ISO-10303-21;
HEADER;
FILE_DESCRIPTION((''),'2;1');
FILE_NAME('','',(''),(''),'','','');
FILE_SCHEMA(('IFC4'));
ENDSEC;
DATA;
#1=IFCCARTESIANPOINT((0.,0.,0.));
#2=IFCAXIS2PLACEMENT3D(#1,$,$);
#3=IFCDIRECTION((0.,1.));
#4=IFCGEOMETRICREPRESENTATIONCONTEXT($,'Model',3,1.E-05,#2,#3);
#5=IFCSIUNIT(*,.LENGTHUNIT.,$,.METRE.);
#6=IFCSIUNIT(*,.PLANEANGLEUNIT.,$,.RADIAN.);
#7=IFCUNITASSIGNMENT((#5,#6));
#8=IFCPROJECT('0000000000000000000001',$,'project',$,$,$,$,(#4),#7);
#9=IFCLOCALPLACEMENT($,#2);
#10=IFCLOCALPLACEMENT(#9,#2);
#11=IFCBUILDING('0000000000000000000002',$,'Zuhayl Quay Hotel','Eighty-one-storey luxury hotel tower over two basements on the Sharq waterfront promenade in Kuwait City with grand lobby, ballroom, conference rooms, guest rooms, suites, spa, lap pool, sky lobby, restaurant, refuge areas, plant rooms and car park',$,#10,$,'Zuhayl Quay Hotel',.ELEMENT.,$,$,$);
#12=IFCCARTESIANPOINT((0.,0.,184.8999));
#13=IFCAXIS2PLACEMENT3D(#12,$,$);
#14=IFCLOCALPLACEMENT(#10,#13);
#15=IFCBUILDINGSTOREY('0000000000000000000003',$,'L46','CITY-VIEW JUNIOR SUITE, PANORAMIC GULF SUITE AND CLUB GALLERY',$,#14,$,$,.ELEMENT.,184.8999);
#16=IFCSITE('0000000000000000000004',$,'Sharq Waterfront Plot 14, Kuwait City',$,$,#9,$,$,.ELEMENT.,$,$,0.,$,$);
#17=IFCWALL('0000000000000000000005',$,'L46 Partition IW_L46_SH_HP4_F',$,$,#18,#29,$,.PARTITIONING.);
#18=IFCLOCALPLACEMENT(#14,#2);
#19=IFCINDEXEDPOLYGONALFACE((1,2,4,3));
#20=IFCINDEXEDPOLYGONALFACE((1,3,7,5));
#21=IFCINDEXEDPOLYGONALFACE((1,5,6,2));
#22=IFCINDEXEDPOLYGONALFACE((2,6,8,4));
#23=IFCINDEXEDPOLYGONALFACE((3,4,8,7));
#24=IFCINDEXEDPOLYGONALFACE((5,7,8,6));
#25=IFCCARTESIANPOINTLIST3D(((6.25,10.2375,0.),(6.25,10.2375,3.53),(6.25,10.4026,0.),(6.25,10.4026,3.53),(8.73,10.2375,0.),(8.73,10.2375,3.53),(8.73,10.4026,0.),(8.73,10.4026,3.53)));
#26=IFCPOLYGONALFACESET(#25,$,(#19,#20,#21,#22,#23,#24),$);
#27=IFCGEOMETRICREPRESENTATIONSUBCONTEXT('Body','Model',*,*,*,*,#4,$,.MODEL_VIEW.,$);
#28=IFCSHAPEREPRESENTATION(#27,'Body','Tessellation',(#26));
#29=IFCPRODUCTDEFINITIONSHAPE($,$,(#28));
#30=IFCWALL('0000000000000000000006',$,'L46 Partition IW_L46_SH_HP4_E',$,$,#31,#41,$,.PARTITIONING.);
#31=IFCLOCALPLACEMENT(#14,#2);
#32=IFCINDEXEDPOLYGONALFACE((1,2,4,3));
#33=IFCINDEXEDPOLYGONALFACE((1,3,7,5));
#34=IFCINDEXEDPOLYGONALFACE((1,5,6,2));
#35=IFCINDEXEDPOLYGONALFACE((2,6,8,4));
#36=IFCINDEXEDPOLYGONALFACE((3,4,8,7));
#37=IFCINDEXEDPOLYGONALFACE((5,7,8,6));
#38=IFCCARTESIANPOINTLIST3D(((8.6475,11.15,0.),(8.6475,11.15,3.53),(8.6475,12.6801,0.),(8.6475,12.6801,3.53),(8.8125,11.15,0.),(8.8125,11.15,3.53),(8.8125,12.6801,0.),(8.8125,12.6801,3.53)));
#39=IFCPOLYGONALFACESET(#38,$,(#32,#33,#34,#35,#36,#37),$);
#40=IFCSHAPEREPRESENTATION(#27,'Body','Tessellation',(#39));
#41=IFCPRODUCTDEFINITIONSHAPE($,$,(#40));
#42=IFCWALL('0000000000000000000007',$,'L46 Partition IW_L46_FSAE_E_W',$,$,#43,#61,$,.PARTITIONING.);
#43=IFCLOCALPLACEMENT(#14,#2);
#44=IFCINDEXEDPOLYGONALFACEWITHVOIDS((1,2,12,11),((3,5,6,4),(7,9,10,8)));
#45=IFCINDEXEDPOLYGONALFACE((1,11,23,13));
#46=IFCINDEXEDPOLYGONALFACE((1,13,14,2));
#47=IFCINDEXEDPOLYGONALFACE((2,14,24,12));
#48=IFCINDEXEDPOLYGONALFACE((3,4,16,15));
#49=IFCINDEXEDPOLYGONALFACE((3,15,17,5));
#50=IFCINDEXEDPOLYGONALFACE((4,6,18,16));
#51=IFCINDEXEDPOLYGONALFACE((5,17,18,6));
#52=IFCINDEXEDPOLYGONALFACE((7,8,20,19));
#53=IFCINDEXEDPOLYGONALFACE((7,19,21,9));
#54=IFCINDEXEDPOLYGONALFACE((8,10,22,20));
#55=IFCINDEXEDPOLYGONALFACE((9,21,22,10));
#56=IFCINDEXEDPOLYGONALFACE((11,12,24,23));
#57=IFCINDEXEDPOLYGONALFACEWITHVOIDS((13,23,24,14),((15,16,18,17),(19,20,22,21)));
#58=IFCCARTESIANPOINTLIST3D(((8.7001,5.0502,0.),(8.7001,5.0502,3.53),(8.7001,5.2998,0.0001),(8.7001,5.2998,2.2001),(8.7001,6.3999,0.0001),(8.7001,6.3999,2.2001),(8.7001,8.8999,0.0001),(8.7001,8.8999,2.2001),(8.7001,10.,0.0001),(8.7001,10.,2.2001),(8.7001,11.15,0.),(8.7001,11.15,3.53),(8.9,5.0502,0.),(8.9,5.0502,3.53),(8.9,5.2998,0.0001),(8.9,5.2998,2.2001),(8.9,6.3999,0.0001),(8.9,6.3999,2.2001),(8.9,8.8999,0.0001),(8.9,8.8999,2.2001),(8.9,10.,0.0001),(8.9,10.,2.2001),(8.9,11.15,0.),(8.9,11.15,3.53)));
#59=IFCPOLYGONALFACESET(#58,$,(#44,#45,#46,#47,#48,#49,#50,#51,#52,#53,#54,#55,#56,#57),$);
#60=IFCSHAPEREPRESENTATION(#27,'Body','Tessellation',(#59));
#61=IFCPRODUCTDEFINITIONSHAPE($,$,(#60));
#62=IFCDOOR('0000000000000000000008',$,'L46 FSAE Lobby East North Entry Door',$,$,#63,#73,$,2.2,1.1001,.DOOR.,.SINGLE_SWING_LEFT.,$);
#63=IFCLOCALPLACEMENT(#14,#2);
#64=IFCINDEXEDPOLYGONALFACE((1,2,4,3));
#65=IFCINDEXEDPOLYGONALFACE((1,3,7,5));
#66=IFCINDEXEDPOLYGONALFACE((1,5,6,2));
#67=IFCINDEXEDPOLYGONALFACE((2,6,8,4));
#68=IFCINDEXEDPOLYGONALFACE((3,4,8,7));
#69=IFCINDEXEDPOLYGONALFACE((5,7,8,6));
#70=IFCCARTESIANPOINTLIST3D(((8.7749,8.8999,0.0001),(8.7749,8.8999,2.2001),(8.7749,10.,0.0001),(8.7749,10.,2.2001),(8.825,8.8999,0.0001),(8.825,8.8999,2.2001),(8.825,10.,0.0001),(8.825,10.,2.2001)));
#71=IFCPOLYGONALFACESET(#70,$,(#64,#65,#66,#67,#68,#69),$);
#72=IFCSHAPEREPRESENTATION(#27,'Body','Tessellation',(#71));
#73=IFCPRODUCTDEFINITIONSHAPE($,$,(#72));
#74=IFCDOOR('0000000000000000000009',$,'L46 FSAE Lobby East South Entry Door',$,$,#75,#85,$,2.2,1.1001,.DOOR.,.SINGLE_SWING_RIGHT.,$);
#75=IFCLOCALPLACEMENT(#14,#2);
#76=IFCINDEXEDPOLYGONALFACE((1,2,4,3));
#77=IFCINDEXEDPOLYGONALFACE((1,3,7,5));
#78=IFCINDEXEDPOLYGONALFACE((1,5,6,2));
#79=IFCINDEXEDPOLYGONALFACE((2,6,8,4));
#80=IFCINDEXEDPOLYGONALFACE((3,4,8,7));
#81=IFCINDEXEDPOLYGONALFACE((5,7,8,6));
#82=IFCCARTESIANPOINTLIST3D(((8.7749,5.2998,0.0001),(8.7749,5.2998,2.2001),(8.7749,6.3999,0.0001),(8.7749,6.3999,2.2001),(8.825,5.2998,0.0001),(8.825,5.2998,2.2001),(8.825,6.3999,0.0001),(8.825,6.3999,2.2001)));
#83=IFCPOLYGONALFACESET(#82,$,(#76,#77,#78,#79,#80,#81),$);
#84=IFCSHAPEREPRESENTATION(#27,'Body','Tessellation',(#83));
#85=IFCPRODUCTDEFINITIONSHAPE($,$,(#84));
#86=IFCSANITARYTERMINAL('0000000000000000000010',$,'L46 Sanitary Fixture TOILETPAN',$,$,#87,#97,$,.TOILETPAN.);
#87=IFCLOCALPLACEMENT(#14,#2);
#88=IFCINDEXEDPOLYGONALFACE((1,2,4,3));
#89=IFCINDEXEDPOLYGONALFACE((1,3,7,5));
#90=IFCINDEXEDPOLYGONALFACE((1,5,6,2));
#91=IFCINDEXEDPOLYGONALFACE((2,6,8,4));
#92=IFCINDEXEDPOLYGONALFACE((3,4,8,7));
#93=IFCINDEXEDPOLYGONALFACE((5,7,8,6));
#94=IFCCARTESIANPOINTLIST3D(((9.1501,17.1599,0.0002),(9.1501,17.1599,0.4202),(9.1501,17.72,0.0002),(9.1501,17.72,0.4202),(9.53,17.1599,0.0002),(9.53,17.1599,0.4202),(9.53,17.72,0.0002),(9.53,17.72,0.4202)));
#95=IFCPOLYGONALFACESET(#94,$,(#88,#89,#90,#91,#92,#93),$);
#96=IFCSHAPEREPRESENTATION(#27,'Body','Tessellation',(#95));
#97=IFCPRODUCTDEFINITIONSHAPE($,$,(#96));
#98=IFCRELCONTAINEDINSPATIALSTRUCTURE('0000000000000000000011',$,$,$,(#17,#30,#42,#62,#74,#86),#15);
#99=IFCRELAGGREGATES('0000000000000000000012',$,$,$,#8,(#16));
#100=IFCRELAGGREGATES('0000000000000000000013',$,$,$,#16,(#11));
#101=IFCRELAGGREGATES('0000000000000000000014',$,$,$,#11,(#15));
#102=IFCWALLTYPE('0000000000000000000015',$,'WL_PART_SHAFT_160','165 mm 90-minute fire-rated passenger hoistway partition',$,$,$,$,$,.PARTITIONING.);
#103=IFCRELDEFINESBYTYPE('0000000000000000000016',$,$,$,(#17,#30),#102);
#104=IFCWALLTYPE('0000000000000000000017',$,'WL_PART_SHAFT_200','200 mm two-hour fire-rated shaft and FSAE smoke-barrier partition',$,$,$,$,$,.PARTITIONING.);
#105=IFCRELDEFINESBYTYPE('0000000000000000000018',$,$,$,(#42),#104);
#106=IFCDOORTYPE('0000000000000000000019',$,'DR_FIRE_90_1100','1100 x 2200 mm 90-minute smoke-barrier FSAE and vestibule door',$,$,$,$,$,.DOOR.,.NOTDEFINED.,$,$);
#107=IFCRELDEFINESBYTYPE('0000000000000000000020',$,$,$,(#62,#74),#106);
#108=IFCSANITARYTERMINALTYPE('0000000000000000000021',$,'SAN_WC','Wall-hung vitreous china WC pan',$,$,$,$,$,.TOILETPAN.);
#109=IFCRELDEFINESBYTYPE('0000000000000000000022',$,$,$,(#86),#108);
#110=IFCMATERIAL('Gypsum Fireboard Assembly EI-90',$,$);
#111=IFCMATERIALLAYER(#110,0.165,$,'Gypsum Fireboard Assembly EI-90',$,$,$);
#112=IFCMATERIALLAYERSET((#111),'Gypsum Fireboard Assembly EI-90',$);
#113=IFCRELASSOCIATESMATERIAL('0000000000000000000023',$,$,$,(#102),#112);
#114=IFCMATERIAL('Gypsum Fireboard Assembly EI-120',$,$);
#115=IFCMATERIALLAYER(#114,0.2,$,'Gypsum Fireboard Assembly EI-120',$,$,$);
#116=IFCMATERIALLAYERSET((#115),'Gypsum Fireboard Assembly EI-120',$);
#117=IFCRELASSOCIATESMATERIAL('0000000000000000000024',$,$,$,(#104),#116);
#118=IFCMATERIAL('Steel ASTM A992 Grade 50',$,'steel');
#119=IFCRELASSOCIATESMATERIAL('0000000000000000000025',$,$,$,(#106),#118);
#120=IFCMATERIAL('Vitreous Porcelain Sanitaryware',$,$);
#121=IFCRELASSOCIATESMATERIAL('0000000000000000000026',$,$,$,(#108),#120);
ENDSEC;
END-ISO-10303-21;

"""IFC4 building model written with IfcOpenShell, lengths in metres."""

from ifc_helpers import new_model, si_unit, direction, frame, frame_2d, origin, origin_2d, place, context, subcontext, project, spatial, rectangle, extrude, material, layer, layer_set, type_object, element, fill, save


model = new_model("IFC4")

# Units and contexts
model_context = context("Model", 3, precision=1e-05, world=origin(), true_north=direction((0.0, 1.0)))
body_context = subcontext(model_context, "Body", "Model", "MODEL_VIEW")
ifc_project = project(units=[si_unit("LENGTHUNIT", "METRE"), si_unit("PLANEANGLEUNIT", "RADIAN")], contexts=[model_context])

# Site, building, storey
site_placement = place(None, origin())
site = spatial("IfcSite", under=ifc_project, at=site_placement, Name="Sharq Waterfront Plot 14, Kuwait City", CompositionType="ELEMENT", RefElevation=0.0)
building_placement = place(site_placement, origin())
building = spatial("IfcBuilding", under=site, at=building_placement, Name="Zuhayl Quay Hotel", Description="Eighty-one-storey luxury hotel tower over two basements on the Sharq waterfront promenade in Kuwait City with grand lobby, ballroom, conference rooms, guest rooms, suites, spa, lap pool, sky lobby, restaurant, refuge areas, plant rooms and car park", LongName="Zuhayl Quay Hotel", CompositionType="ELEMENT")
storey_placement = place(building_placement, frame((0.0, 0.0, 184.8999)))
storey = spatial("IfcBuildingStorey", under=building, at=storey_placement, Name="L46", Description="CITY-VIEW JUNIOR SUITE, PANORAMIC GULF SUITE AND CLUB GALLERY", CompositionType="ELEMENT", Elevation=184.8999)

# Shared definitions
ifc_material_1 = material(Name="Steel ASTM A992 Grade 50", Category="steel")

# Shared definitions
ifc_material_2 = material(Name="Gypsum Fireboard Assembly EI-90")
ifc_layer_1 = layer(ifc_material_2, 0.165, Name="Gypsum Fireboard Assembly EI-90")
ifc_layer_set_1 = layer_set([ifc_layer_1], Name="Gypsum Fireboard Assembly EI-90")
wall_type_1 = type_object("IfcWallType", Name="WL_PART_SHAFT_160", Description="165 mm 90-minute fire-rated passenger hoistway partition", PredefinedType="PARTITIONING", material=ifc_layer_set_1)

# Walls
wall_1_placement = place(storey_placement, frame((6.25, 10.3201, 0.0), z_axis=(0.0, 0.0, 1.0), x_axis=(1.0, 0.0, 0.0)))
element("IfcWall", 1, at=wall_1_placement, inside=storey, type_object=wall_type_1, Name="L46 Partition IW_L46_SH_HP4_F", PredefinedType="PARTITIONING", context=body_context, shape_type="SweptSolid", body=[
    extrude(rectangle(XDim=2.48, YDim=0.165, at=frame_2d((1.24, 0.0))), origin(), (0.0, 0.0, 1.0), 3.53),
])
wall_2_placement = place(storey_placement, frame((8.73, 11.1499, 0.0), z_axis=(0.0, 0.0, 1.0), x_axis=(0.0, 1.0, 0.0)))
element("IfcWall", 2, at=wall_2_placement, inside=storey, type_object=wall_type_1, Name="L46 Partition IW_L46_SH_HP4_E", PredefinedType="PARTITIONING", context=body_context, shape_type="SweptSolid", body=[
    extrude(rectangle(XDim=1.53, YDim=0.165, at=frame_2d((0.7651, 0.0))), origin(), (0.0, 0.0, 1.0), 3.53),
])

# Wall, openings, doors
ifc_material_3 = material(Name="Gypsum Fireboard Assembly EI-120")
ifc_layer_2 = layer(ifc_material_3, 0.2, Name="Gypsum Fireboard Assembly EI-120")
ifc_layer_set_2 = layer_set([ifc_layer_2], Name="Gypsum Fireboard Assembly EI-120")
wall_type_2 = type_object("IfcWallType", Name="WL_PART_SHAFT_200", Description="200 mm two-hour fire-rated shaft and FSAE smoke-barrier partition", PredefinedType="PARTITIONING", material=ifc_layer_set_2)
wall_3_placement = place(storey_placement, frame((8.8, 11.1499, 0.0), z_axis=(0.0, 0.0, 1.0), x_axis=(0.0, -1.0, 0.0)))
wall_3 = element("IfcWall", 3, at=wall_3_placement, inside=storey, type_object=wall_type_2, Name="L46 Partition IW_L46_FSAE_E_W", PredefinedType="PARTITIONING", context=body_context, shape_type="SweptSolid", body=[
    extrude(rectangle(XDim=6.0999, YDim=0.2, at=frame_2d((3.0498, 0.0))), origin(), (0.0, 0.0, 1.0), 3.53),
])
opening_1_placement = place(wall_3_placement, frame((1.1499, 0.0, 0.0)))
opening_1 = element("IfcOpeningElement", 4, at=opening_1_placement, cuts=wall_3, PredefinedType="OPENING", context=body_context, shape_type="SweptSolid", body=[
    extrude(rectangle(XDim=1.1001, YDim=2.2, at=frame_2d((0.55, 1.1001))), frame((0.0, 0.1099, 0.0), z_axis=(0.0, -1.0, 0.0), x_axis=(1.0, 0.0, 0.0)), (0.0, 0.0, 1.0), 0.22),
])
opening_2_placement = place(wall_3_placement, frame((4.75, 0.0, 0.0)))
opening_2 = element("IfcOpeningElement", 5, at=opening_2_placement, cuts=wall_3, PredefinedType="OPENING", context=body_context, shape_type="SweptSolid", body=[
    extrude(rectangle(XDim=1.1001, YDim=2.2, at=frame_2d((0.55, 1.1001))), frame((0.0, 0.1099, 0.0), z_axis=(0.0, -1.0, 0.0), x_axis=(1.0, 0.0, 0.0)), (0.0, 0.0, 1.0), 0.22),
])
door_type_1 = type_object("IfcDoorType", Name="DR_FIRE_90_1100", Description="1100 x 2200 mm 90-minute smoke-barrier FSAE and vestibule door", OperationType="NOTDEFINED", PredefinedType="DOOR", material=ifc_material_1)
door_1_placement = place(opening_1_placement, origin())
door_1 = element("IfcDoor", 6, at=door_1_placement, inside=storey, type_object=door_type_1, Name="L46 FSAE Lobby East North Entry Door", OperationType="SINGLE_SWING_LEFT", OverallHeight=2.2, OverallWidth=1.1001, PredefinedType="DOOR", context=body_context, shape_type="SweptSolid", body=[
    extrude(rectangle(XDim=1.1001, YDim=2.2, at=frame_2d((0.55, 1.1001))), frame((0.0, 0.0249, 0.0), z_axis=(0.0, -1.0, 0.0), x_axis=(1.0, 0.0, 0.0)), (0.0, 0.0, 1.0), 0.05),
])
fill(opening_1, door_1)
door_2_placement = place(opening_2_placement, origin())
door_2 = element("IfcDoor", 7, at=door_2_placement, inside=storey, type_object=door_type_1, Name="L46 FSAE Lobby East South Entry Door", OperationType="SINGLE_SWING_RIGHT", OverallHeight=2.2, OverallWidth=1.1001, PredefinedType="DOOR", context=body_context, shape_type="SweptSolid", body=[
    extrude(rectangle(XDim=1.1001, YDim=2.2, at=frame_2d((0.55, 1.1001))), frame((0.0, 0.0249, 0.0), z_axis=(0.0, -1.0, 0.0), x_axis=(1.0, 0.0, 0.0)), (0.0, 0.0, 1.0), 0.05),
])
fill(opening_2, door_2)

# Sanitary terminal
ifc_material_4 = material(Name="Vitreous Porcelain Sanitaryware")
sanitary_terminal_type = type_object("IfcSanitaryTerminalType", Name="SAN_WC", Description="Wall-hung vitreous china WC pan", PredefinedType="TOILETPAN", material=ifc_material_4)
sanitary_terminal_placement = place(storey_placement, frame((9.3401, 17.4399, 0.0002), z_axis=(0.0, 0.0, 1.0), x_axis=(1.0, 0.0, 0.0)))
element("IfcSanitaryTerminal", 8, at=sanitary_terminal_placement, inside=storey, type_object=sanitary_terminal_type, Name="L46 Sanitary Fixture TOILETPAN", PredefinedType="TOILETPAN", context=body_context, shape_type="SweptSolid", body=[
    extrude(rectangle(XDim=0.3799, YDim=0.5601, at=origin_2d()), origin(), (0.0, 0.0, 1.0), 0.4199),
])

save(model, "model.ifc")
